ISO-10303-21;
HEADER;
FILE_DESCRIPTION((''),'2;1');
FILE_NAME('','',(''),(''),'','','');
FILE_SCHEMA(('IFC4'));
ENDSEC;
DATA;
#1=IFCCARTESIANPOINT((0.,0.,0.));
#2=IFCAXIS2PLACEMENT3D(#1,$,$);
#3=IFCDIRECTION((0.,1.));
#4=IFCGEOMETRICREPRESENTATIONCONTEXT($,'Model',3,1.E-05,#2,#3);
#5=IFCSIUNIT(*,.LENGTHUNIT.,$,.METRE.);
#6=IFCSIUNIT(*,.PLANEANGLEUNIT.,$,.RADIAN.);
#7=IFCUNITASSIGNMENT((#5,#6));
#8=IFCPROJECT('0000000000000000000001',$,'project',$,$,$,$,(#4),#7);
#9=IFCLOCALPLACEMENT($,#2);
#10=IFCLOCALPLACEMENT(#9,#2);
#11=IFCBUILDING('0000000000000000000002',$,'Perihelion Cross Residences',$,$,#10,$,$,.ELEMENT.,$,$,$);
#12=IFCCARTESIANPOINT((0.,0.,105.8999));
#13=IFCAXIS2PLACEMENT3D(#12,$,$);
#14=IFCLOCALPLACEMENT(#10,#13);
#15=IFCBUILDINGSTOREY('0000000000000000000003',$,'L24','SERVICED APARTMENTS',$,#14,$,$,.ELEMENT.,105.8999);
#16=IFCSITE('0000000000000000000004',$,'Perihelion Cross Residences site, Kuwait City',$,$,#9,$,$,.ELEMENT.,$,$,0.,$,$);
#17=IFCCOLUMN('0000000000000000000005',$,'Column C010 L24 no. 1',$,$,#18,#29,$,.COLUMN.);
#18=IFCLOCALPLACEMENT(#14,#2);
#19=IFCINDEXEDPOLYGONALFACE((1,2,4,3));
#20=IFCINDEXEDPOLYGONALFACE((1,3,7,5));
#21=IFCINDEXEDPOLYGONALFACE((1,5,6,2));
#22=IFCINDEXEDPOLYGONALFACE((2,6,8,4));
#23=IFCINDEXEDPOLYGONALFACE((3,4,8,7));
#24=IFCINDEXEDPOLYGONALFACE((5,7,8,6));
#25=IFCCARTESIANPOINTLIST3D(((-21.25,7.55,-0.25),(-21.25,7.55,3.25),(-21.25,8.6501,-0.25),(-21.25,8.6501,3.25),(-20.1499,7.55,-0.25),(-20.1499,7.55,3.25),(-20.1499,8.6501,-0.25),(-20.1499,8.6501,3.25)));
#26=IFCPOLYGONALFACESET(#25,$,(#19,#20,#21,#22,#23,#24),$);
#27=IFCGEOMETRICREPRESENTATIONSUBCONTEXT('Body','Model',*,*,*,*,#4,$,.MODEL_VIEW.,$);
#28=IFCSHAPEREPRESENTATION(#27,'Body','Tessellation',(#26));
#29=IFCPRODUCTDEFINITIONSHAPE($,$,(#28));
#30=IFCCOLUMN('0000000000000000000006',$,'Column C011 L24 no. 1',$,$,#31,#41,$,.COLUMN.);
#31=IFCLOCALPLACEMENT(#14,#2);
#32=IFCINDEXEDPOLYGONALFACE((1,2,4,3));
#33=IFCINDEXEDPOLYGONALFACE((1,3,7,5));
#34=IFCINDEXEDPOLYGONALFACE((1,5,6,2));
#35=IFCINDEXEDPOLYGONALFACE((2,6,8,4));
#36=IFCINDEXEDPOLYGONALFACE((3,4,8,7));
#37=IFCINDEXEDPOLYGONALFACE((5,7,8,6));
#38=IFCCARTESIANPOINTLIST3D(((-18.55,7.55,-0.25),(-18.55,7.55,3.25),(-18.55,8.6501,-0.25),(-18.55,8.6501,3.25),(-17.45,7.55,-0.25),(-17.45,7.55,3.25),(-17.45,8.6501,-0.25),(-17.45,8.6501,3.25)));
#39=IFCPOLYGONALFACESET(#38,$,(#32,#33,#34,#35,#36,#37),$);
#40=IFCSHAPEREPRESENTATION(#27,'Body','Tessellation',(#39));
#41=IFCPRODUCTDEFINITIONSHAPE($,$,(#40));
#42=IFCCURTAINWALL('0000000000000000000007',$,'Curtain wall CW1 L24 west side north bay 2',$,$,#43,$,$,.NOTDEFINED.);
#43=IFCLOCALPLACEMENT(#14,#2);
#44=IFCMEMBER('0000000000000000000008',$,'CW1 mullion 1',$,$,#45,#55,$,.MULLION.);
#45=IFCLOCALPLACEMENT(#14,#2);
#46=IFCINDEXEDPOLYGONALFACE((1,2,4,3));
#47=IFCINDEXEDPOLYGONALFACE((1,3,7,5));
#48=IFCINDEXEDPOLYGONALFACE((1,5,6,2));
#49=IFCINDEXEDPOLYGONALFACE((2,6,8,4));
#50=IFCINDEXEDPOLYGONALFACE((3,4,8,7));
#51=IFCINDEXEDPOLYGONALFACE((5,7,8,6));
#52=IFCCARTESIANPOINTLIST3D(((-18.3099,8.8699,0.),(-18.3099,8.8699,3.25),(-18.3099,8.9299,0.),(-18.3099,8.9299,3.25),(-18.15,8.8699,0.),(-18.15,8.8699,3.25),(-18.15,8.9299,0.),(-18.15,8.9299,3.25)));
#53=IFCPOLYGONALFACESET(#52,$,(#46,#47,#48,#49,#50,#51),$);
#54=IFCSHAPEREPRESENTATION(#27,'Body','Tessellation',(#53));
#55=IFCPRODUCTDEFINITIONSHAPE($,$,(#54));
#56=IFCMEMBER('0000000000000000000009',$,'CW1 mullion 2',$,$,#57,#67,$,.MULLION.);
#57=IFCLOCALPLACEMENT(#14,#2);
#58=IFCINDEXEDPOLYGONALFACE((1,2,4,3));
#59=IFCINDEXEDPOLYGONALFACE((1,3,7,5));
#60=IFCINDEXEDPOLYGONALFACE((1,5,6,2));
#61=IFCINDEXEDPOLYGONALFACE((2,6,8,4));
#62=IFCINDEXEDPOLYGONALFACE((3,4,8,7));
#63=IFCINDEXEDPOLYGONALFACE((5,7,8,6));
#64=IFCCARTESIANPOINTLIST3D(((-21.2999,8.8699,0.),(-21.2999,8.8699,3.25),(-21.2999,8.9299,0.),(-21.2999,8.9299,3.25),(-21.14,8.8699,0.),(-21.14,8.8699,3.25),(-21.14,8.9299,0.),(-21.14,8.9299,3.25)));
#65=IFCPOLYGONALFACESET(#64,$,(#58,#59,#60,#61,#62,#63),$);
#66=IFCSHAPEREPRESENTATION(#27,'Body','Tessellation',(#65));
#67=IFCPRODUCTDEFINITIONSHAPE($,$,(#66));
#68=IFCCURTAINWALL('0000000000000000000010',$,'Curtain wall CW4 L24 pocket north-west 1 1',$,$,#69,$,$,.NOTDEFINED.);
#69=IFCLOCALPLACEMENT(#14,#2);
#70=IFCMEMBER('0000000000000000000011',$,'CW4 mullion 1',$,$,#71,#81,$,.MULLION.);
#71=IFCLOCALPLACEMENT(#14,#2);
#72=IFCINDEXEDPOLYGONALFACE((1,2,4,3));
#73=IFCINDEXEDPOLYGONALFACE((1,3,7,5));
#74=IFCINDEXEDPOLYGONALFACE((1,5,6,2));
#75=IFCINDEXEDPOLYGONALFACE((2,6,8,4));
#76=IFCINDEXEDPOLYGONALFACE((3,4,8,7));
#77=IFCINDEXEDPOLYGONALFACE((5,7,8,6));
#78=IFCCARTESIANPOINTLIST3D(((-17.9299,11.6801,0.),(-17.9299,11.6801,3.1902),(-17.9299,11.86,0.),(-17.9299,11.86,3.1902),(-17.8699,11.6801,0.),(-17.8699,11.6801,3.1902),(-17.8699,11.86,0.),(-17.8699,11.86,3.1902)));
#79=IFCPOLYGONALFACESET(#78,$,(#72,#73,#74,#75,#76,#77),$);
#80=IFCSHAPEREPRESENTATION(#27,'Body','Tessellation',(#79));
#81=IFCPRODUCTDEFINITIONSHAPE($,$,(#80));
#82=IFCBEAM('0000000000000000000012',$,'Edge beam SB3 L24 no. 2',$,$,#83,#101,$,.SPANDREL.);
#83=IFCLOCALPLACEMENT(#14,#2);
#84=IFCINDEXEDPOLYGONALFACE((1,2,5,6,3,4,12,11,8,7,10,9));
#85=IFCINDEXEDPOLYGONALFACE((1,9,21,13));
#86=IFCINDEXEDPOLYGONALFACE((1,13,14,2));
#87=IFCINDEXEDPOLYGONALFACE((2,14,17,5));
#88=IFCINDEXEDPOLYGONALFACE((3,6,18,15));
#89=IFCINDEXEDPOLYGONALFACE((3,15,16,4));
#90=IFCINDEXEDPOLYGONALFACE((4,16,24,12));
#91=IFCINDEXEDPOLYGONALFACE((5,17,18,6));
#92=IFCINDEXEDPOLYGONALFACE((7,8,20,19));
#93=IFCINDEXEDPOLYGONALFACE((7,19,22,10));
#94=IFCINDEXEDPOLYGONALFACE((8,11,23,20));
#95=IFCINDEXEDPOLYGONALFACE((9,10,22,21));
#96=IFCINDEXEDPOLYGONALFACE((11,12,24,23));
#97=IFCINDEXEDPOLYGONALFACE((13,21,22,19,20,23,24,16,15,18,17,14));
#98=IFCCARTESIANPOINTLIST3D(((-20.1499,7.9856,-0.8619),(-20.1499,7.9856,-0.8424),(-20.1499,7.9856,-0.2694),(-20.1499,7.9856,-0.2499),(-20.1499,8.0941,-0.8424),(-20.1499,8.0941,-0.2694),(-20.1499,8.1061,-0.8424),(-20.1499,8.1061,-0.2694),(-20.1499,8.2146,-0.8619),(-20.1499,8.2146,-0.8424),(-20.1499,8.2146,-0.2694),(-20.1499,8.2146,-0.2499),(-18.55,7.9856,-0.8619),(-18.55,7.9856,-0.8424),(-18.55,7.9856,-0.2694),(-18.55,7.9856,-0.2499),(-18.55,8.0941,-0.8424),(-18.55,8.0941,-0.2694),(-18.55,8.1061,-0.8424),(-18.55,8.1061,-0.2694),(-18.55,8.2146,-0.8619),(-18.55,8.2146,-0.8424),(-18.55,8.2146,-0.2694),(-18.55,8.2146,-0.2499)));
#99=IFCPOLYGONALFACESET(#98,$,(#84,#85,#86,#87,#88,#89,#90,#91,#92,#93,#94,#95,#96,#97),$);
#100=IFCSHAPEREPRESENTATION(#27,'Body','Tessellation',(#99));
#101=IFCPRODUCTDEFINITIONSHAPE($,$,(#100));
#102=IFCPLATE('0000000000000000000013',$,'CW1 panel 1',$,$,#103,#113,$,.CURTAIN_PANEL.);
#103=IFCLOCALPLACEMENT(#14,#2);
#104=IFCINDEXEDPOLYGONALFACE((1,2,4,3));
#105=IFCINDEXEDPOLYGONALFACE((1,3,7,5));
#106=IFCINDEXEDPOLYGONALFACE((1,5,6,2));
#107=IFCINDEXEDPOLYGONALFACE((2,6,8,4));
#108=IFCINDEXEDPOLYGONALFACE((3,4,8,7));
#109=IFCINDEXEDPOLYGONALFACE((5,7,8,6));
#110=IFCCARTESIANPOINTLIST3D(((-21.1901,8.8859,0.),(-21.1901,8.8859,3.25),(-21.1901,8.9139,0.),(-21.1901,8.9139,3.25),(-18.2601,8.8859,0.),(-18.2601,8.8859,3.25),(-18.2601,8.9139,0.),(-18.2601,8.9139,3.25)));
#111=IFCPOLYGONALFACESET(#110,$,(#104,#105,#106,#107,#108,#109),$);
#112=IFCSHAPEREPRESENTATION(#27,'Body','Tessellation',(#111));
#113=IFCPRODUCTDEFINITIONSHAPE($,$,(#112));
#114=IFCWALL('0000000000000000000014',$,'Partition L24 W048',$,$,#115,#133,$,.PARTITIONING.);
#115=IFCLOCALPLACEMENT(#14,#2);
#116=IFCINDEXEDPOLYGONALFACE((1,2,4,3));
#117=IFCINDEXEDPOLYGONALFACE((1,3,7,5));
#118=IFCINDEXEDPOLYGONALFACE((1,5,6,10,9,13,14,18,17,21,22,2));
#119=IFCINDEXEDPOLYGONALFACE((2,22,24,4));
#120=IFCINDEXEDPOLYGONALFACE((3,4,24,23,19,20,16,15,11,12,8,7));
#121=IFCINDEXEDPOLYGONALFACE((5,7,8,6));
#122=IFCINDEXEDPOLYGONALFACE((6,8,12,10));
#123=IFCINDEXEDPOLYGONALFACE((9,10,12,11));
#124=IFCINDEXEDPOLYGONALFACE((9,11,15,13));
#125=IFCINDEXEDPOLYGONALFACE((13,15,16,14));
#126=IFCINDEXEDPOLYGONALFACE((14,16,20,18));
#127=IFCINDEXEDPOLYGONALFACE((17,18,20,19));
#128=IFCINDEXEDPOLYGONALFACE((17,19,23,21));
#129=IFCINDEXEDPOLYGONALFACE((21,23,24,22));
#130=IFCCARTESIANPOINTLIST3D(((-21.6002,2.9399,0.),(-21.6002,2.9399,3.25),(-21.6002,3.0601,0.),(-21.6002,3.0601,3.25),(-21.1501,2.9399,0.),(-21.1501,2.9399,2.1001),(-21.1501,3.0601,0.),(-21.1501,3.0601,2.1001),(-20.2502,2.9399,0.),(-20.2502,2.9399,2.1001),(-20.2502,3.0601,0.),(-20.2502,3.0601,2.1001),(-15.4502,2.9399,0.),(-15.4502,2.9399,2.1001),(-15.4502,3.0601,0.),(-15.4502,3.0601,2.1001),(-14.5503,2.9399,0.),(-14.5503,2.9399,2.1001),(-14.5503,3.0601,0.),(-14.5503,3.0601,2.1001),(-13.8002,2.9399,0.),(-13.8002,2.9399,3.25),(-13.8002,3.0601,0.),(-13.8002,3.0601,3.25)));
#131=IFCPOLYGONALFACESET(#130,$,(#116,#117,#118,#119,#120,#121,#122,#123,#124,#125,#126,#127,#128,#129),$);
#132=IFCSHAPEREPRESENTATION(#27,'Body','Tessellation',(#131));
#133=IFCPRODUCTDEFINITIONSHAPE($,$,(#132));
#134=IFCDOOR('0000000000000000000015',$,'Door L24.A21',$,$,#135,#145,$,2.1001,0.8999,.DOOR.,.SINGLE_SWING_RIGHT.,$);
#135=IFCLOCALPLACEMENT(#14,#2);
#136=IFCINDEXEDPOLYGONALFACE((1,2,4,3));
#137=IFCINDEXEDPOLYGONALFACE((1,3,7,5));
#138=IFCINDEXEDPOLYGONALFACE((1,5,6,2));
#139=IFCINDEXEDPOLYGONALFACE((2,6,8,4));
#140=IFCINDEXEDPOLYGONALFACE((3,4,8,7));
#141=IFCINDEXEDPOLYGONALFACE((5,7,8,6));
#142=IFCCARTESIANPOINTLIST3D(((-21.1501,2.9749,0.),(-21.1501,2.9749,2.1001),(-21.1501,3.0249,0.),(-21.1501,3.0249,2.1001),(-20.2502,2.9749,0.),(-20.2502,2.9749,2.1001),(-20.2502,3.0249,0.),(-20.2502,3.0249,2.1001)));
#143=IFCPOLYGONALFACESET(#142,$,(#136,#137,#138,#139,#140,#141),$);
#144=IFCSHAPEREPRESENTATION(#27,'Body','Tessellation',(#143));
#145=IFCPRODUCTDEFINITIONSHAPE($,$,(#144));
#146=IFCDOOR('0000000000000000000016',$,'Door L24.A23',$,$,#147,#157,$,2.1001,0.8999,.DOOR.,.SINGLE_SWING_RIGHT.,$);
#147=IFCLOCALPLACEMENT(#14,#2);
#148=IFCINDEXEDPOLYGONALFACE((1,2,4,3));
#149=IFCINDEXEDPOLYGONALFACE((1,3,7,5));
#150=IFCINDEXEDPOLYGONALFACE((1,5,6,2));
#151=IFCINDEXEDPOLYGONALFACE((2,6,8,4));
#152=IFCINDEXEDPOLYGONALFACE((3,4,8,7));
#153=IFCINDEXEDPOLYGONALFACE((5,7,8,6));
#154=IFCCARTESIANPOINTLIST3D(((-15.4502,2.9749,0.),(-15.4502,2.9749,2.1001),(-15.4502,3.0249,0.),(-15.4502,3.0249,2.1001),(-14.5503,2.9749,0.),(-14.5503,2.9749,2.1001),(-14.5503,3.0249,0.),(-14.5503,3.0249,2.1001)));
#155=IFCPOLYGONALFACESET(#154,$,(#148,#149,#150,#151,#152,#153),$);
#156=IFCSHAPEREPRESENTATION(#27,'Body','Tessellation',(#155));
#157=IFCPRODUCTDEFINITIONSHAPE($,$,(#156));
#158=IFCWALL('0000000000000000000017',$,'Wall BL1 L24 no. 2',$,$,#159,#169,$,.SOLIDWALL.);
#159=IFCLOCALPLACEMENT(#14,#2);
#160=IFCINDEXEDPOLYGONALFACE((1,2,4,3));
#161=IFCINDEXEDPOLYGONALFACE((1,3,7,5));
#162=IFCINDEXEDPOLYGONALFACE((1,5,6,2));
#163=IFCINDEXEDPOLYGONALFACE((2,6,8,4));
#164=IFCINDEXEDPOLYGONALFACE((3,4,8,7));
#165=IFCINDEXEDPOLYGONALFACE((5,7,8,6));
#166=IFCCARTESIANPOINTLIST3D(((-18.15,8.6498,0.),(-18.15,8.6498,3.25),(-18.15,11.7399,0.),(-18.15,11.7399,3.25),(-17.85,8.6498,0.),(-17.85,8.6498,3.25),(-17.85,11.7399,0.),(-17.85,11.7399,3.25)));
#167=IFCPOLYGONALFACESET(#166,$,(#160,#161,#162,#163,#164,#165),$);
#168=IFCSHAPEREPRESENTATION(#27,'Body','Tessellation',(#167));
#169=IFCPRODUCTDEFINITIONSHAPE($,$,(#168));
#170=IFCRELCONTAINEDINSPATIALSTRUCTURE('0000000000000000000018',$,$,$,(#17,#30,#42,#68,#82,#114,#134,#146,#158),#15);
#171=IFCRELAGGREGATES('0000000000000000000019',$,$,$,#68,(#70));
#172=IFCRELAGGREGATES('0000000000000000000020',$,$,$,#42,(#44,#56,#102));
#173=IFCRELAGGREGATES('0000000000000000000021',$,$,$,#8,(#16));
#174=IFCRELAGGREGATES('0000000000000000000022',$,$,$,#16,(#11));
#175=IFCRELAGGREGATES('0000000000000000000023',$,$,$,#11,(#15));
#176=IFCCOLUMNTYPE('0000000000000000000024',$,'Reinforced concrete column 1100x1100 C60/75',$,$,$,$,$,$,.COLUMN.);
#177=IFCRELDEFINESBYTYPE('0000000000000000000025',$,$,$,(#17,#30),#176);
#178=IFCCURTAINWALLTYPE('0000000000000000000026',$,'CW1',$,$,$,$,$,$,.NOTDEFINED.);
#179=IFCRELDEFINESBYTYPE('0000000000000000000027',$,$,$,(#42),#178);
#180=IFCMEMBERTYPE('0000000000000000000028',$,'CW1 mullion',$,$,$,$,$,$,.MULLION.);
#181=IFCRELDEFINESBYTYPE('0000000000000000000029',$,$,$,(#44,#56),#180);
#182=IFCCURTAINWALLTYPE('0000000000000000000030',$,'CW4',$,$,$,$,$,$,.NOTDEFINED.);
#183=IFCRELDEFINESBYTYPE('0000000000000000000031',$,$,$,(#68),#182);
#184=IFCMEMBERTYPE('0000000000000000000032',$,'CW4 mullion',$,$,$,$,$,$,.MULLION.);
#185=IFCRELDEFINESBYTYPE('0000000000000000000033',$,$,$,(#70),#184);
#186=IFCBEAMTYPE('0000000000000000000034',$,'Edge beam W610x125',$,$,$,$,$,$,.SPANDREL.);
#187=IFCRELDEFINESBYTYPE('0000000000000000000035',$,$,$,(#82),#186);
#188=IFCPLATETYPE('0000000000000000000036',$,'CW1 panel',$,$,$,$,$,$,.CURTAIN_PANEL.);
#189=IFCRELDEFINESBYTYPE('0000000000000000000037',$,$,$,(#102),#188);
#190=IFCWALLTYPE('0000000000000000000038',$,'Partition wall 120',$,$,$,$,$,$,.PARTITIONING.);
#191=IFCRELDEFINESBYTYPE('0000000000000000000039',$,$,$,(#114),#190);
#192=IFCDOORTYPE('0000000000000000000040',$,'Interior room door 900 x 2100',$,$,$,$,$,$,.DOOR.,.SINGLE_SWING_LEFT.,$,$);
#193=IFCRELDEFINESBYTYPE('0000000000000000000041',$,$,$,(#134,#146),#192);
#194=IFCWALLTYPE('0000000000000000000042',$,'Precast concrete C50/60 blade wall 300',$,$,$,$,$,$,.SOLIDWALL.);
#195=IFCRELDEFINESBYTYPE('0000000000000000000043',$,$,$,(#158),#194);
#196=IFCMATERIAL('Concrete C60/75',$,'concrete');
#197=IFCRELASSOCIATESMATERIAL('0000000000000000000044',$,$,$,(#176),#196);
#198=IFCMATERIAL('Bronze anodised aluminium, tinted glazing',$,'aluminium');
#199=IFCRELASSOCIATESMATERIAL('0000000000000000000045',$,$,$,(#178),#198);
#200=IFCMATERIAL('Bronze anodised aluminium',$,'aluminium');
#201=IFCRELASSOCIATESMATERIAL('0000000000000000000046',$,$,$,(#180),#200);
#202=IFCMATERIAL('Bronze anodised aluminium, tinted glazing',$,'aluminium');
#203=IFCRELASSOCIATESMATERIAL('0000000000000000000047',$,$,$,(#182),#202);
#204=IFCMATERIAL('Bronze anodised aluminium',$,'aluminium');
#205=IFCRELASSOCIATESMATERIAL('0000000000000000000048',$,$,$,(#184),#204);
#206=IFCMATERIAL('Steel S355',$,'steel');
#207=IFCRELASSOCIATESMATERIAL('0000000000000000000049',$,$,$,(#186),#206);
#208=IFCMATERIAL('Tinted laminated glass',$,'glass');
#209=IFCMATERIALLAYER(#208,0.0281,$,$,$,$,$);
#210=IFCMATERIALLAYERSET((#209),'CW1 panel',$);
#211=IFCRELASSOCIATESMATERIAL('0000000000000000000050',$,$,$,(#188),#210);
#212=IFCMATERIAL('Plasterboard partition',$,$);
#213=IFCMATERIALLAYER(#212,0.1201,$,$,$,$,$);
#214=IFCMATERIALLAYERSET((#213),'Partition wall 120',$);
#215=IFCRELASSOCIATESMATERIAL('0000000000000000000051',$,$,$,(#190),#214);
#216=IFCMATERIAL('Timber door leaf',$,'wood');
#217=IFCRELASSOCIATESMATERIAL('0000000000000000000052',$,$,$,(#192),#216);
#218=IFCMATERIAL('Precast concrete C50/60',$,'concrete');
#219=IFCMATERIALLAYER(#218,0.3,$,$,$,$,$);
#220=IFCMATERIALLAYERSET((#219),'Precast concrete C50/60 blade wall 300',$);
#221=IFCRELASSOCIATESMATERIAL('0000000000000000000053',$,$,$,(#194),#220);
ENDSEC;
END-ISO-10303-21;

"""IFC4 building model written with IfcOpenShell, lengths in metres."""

from ifc_helpers import new_model, si_unit, direction, frame, frame_2d, origin, origin_2d, place, context, subcontext, project, spatial, rectangle, i_section, extrude, material, layer, layer_set, material_profile, profile_set, type_object, element, fill, aggregate, save


model = new_model("IFC4")

# Units and contexts
model_context = context("Model", 3, precision=1e-05, world=origin(), true_north=direction((0.0, 1.0)))
body_context = subcontext(model_context, "Body", "Model", "MODEL_VIEW")
ifc_project = project(units=[si_unit("LENGTHUNIT", "METRE"), si_unit("PLANEANGLEUNIT", "RADIAN")], contexts=[model_context])

# Site, building, storey
site_placement = place(None, origin())
site = spatial("IfcSite", under=ifc_project, at=site_placement, Name="Perihelion Cross Residences site, Kuwait City", CompositionType="ELEMENT", RefElevation=0.0)
building_placement = place(site_placement, origin())
building = spatial("IfcBuilding", under=site, at=building_placement, Name="Perihelion Cross Residences", CompositionType="ELEMENT")
storey_placement = place(building_placement, frame((0.0, 0.0, 105.8999)))
storey = spatial("IfcBuildingStorey", under=building, at=storey_placement, Name="L24", Description="SERVICED APARTMENTS", CompositionType="ELEMENT", Elevation=105.8999)

# Columns
ifc_material_1 = material(Name="Concrete C60/75", Category="concrete")
ifc_material_profile_1 = material_profile(ifc_material_1, rectangle(XDim=1.1001, YDim=1.1001, at=origin_2d()), Name="RC 1100x1100")
ifc_profile_set_1 = profile_set([ifc_material_profile_1], Name="Concrete C60/75")
column_type = type_object("IfcColumnType", Name="Reinforced concrete column 1100x1100 C60/75", PredefinedType="COLUMN", material=ifc_profile_set_1)
for number, where, z_axis, x_axis, name in (
    (1, (-20.7, 8.1001, -0.25), (0.0, 0.0, 1.0), (1.0, 0.0, 0.0), "Column C010 L24 no. 1"),
    (2, (-18.0, 8.1001, -0.25), (0.0, 0.0, 1.0), (1.0, 0.0, 0.0), "Column C011 L24 no. 1"),
):
    element("IfcColumn", number, at=place(storey_placement, frame(where, z_axis=z_axis, x_axis=x_axis)), inside=storey, type_object=column_type, Name=name, PredefinedType="COLUMN", context=body_context, shape_type="SweptSolid", body=[
        extrude(rectangle(XDim=1.1001, YDim=1.1001, at=origin_2d()), origin(), (0.0, 0.0, 1.0), 3.5),
    ])

# Curtain wall, members
ifc_material_2 = material(Name="Bronze anodised aluminium, tinted glazing", Category="aluminium")
curtain_wall_type_1 = type_object("IfcCurtainWallType", Name="CW1", PredefinedType="NOTDEFINED", material=ifc_material_2)
curtain_wall_1_placement = place(storey_placement, origin())
curtain_wall_1 = element("IfcCurtainWall", 3, at=curtain_wall_1_placement, inside=storey, type_object=curtain_wall_type_1, Name="Curtain wall CW1 L24 west side north bay 2", PredefinedType="NOTDEFINED")
ifc_material_3 = material(Name="Bronze anodised aluminium", Category="aluminium")
ifc_material_profile_2 = material_profile(ifc_material_3, rectangle(XDim=0.0601, YDim=0.1599, at=origin_2d()), Name="CW1 mullion")
ifc_profile_set_2 = profile_set([ifc_material_profile_2], Name="Bronze anodised aluminium")
member_type_1 = type_object("IfcMemberType", Name="CW1 mullion", PredefinedType="MULLION", material=ifc_profile_set_2)
member_1_placement = place(storey_placement, frame((-18.23, 8.8999, 0.0), z_axis=(0.0, 0.0, 1.0), x_axis=(0.0, -1.0, 0.0)))
member_1 = element("IfcMember", 4, at=member_1_placement, type_object=member_type_1, Name="CW1 mullion 1", PredefinedType="MULLION", context=body_context, shape_type="SweptSolid", body=[
    extrude(rectangle(XDim=0.0601, YDim=0.1599, at=origin_2d()), origin(), (0.0, 0.0, 1.0), 3.25),
])
member_2_placement = place(storey_placement, frame((-21.22, 8.8999, 0.0), z_axis=(0.0, 0.0, 1.0), x_axis=(0.0, -1.0, 0.0)))
member_2 = element("IfcMember", 5, at=member_2_placement, type_object=member_type_1, Name="CW1 mullion 2", PredefinedType="MULLION", context=body_context, shape_type="SweptSolid", body=[
    extrude(rectangle(XDim=0.0601, YDim=0.1599, at=origin_2d()), origin(), (0.0, 0.0, 1.0), 3.25),
])

# Curtain wall, member
ifc_material_4 = material(Name="Bronze anodised aluminium, tinted glazing", Category="aluminium")
curtain_wall_type_2 = type_object("IfcCurtainWallType", Name="CW4", PredefinedType="NOTDEFINED", material=ifc_material_4)
curtain_wall_2_placement = place(storey_placement, origin())
curtain_wall_2 = element("IfcCurtainWall", 6, at=curtain_wall_2_placement, inside=storey, type_object=curtain_wall_type_2, Name="Curtain wall CW4 L24 pocket north-west 1 1", PredefinedType="NOTDEFINED")
ifc_material_5 = material(Name="Bronze anodised aluminium", Category="aluminium")
ifc_material_profile_3 = material_profile(ifc_material_5, rectangle(XDim=0.0601, YDim=0.1799, at=origin_2d()), Name="CW4 mullion")
ifc_profile_set_3 = profile_set([ifc_material_profile_3], Name="Bronze anodised aluminium")
member_type_2 = type_object("IfcMemberType", Name="CW4 mullion", PredefinedType="MULLION", material=ifc_profile_set_3)
member_3_placement = place(storey_placement, frame((-17.8999, 11.77, 0.0), z_axis=(0.0, 0.0, 1.0), x_axis=(-1.0, 0.0, 0.0)))
member_3 = element("IfcMember", 7, at=member_3_placement, type_object=member_type_2, Name="CW4 mullion 1", PredefinedType="MULLION", context=body_context, shape_type="SweptSolid", body=[
    extrude(rectangle(XDim=0.0601, YDim=0.1799, at=origin_2d()), origin(), (0.0, 0.0, 1.0), 3.1902),
])
aggregate(curtain_wall_2, [member_3])

# Beam
ifc_material_6 = material(Name="Steel S355", Category="steel")
ifc_material_profile_4 = material_profile(ifc_material_6, i_section(OverallWidth=0.229, OverallDepth=0.6121, WebThickness=0.012, FlangeThickness=0.0195, at=origin_2d()), Name="W610x125")
ifc_profile_set_4 = profile_set([ifc_material_profile_4], Name="Steel S355")
beam_type = type_object("IfcBeamType", Name="Edge beam W610x125", PredefinedType="SPANDREL", material=ifc_profile_set_4)
beam_placement = place(storey_placement, frame((-18.55, 8.1001, -0.5559), z_axis=(-1.0, 0.0, 0.0), x_axis=(0.0, -1.0, 0.0)))
element("IfcBeam", 8, at=beam_placement, inside=storey, type_object=beam_type, Name="Edge beam SB3 L24 no. 2", PredefinedType="SPANDREL", context=body_context, shape_type="SweptSolid", body=[
    extrude(i_section(OverallWidth=0.229, OverallDepth=0.6121, WebThickness=0.012, FlangeThickness=0.0195, at=origin_2d()), origin(), (0.0, 0.0, 1.0), 1.5999),
])

# Plate
ifc_material_7 = material(Name="Tinted laminated glass", Category="glass")
ifc_layer_1 = layer(ifc_material_7, 0.0281)
ifc_layer_set_1 = layer_set([ifc_layer_1], Name="CW1 panel")
plate_type = type_object("IfcPlateType", Name="CW1 panel", PredefinedType="CURTAIN_PANEL", material=ifc_layer_set_1)
plate_placement = place(storey_placement, frame((-19.7251, 8.8999, 0.0), z_axis=(0.0, 0.0, 1.0), x_axis=(-1.0, 0.0, 0.0)))
plate = element("IfcPlate", 9, at=plate_placement, type_object=plate_type, Name="CW1 panel 1", PredefinedType="CURTAIN_PANEL", context=body_context, shape_type="SweptSolid", body=[
    extrude(rectangle(XDim=2.9299, YDim=0.0281, at=origin_2d()), origin(), (0.0, 0.0, 1.0), 3.25),
])
aggregate(curtain_wall_1, [member_1, member_2, plate])

# Wall, openings, doors
ifc_material_8 = material(Name="Plasterboard partition")
ifc_layer_2 = layer(ifc_material_8, 0.1201)
ifc_layer_set_2 = layer_set([ifc_layer_2], Name="Partition wall 120")
wall_type_1 = type_object("IfcWallType", Name="Partition wall 120", PredefinedType="PARTITIONING", material=ifc_layer_set_2)
wall_1_placement = place(storey_placement, frame((-21.6001, 3.0, 0.0), z_axis=(0.0, 0.0, 1.0), x_axis=(1.0, 0.0, 0.0)))
wall_1 = element("IfcWall", 10, at=wall_1_placement, inside=storey, type_object=wall_type_1, Name="Partition L24 W048", PredefinedType="PARTITIONING", context=body_context, shape_type="SweptSolid", body=[
    extrude(rectangle(XDim=7.8, YDim=0.1201, at=frame_2d((3.8999, 0.0))), origin(), (0.0, 0.0, 1.0), 3.25),
])
opening_1_placement = place(wall_1_placement, frame((0.45, 0.0, 0.0)))
opening_1 = element("IfcOpeningElement", 11, at=opening_1_placement, cuts=wall_1, PredefinedType="OPENING", context=body_context, shape_type="SweptSolid", body=[
    extrude(rectangle(XDim=0.8999, YDim=2.1001, at=frame_2d((0.45, 1.05))), frame((0.0, 0.0701, 0.0), z_axis=(0.0, -1.0, 0.0), x_axis=(1.0, 0.0, 0.0)), (0.0, 0.0, 1.0), 0.1401),
])
opening_2_placement = place(wall_1_placement, frame((6.1499, 0.0, 0.0)))
opening_2 = element("IfcOpeningElement", 12, at=opening_2_placement, cuts=wall_1, PredefinedType="OPENING", context=body_context, shape_type="SweptSolid", body=[
    extrude(rectangle(XDim=0.8999, YDim=2.1001, at=frame_2d((0.45, 1.05))), frame((0.0, 0.0701, 0.0), z_axis=(0.0, -1.0, 0.0), x_axis=(1.0, 0.0, 0.0)), (0.0, 0.0, 1.0), 0.1401),
])
ifc_material_9 = material(Name="Timber door leaf", Category="wood")
door_type = type_object("IfcDoorType", Name="Interior room door 900 x 2100", OperationType="SINGLE_SWING_LEFT", PredefinedType="DOOR", material=ifc_material_9)
door_1_placement = place(opening_1_placement, origin())
door_1 = element("IfcDoor", 13, at=door_1_placement, inside=storey, type_object=door_type, Name="Door L24.A21", OperationType="SINGLE_SWING_RIGHT", OverallHeight=2.1001, OverallWidth=0.8999, PredefinedType="DOOR", context=body_context, shape_type="SweptSolid", body=[
    extrude(rectangle(XDim=0.8999, YDim=2.1001, at=frame_2d((0.45, 1.05))), frame((0.0, 0.0249, 0.0), z_axis=(0.0, -1.0, 0.0), x_axis=(1.0, 0.0, 0.0)), (0.0, 0.0, 1.0), 0.05),
])
fill(opening_1, door_1)
door_2_placement = place(opening_2_placement, origin())
door_2 = element("IfcDoor", 14, at=door_2_placement, inside=storey, type_object=door_type, Name="Door L24.A23", OperationType="SINGLE_SWING_RIGHT", OverallHeight=2.1001, OverallWidth=0.8999, PredefinedType="DOOR", context=body_context, shape_type="SweptSolid", body=[
    extrude(rectangle(XDim=0.8999, YDim=2.1001, at=frame_2d((0.45, 1.05))), frame((0.0, 0.0249, 0.0), z_axis=(0.0, -1.0, 0.0), x_axis=(1.0, 0.0, 0.0)), (0.0, 0.0, 1.0), 0.05),
])
fill(opening_2, door_2)

# Wall
ifc_material_10 = material(Name="Precast concrete C50/60", Category="concrete")
ifc_layer_3 = layer(ifc_material_10, 0.3)
ifc_layer_set_3 = layer_set([ifc_layer_3], Name="Precast concrete C50/60 blade wall 300")
wall_type_2 = type_object("IfcWallType", Name="Precast concrete C50/60 blade wall 300", PredefinedType="SOLIDWALL", material=ifc_layer_set_3)
wall_2_placement = place(storey_placement, frame((-18.0, 8.6499, 0.0), z_axis=(0.0, 0.0, 1.0), x_axis=(0.0, 1.0, 0.0)))
element("IfcWall", 15, at=wall_2_placement, inside=storey, type_object=wall_type_2, Name="Wall BL1 L24 no. 2", PredefinedType="SOLIDWALL", context=body_context, shape_type="SweptSolid", body=[
    extrude(rectangle(XDim=3.0901, YDim=0.3, at=frame_2d((1.5449, 0.0))), origin(), (0.0, 0.0, 1.0), 3.25),
])

save(model, "model.ifc")
